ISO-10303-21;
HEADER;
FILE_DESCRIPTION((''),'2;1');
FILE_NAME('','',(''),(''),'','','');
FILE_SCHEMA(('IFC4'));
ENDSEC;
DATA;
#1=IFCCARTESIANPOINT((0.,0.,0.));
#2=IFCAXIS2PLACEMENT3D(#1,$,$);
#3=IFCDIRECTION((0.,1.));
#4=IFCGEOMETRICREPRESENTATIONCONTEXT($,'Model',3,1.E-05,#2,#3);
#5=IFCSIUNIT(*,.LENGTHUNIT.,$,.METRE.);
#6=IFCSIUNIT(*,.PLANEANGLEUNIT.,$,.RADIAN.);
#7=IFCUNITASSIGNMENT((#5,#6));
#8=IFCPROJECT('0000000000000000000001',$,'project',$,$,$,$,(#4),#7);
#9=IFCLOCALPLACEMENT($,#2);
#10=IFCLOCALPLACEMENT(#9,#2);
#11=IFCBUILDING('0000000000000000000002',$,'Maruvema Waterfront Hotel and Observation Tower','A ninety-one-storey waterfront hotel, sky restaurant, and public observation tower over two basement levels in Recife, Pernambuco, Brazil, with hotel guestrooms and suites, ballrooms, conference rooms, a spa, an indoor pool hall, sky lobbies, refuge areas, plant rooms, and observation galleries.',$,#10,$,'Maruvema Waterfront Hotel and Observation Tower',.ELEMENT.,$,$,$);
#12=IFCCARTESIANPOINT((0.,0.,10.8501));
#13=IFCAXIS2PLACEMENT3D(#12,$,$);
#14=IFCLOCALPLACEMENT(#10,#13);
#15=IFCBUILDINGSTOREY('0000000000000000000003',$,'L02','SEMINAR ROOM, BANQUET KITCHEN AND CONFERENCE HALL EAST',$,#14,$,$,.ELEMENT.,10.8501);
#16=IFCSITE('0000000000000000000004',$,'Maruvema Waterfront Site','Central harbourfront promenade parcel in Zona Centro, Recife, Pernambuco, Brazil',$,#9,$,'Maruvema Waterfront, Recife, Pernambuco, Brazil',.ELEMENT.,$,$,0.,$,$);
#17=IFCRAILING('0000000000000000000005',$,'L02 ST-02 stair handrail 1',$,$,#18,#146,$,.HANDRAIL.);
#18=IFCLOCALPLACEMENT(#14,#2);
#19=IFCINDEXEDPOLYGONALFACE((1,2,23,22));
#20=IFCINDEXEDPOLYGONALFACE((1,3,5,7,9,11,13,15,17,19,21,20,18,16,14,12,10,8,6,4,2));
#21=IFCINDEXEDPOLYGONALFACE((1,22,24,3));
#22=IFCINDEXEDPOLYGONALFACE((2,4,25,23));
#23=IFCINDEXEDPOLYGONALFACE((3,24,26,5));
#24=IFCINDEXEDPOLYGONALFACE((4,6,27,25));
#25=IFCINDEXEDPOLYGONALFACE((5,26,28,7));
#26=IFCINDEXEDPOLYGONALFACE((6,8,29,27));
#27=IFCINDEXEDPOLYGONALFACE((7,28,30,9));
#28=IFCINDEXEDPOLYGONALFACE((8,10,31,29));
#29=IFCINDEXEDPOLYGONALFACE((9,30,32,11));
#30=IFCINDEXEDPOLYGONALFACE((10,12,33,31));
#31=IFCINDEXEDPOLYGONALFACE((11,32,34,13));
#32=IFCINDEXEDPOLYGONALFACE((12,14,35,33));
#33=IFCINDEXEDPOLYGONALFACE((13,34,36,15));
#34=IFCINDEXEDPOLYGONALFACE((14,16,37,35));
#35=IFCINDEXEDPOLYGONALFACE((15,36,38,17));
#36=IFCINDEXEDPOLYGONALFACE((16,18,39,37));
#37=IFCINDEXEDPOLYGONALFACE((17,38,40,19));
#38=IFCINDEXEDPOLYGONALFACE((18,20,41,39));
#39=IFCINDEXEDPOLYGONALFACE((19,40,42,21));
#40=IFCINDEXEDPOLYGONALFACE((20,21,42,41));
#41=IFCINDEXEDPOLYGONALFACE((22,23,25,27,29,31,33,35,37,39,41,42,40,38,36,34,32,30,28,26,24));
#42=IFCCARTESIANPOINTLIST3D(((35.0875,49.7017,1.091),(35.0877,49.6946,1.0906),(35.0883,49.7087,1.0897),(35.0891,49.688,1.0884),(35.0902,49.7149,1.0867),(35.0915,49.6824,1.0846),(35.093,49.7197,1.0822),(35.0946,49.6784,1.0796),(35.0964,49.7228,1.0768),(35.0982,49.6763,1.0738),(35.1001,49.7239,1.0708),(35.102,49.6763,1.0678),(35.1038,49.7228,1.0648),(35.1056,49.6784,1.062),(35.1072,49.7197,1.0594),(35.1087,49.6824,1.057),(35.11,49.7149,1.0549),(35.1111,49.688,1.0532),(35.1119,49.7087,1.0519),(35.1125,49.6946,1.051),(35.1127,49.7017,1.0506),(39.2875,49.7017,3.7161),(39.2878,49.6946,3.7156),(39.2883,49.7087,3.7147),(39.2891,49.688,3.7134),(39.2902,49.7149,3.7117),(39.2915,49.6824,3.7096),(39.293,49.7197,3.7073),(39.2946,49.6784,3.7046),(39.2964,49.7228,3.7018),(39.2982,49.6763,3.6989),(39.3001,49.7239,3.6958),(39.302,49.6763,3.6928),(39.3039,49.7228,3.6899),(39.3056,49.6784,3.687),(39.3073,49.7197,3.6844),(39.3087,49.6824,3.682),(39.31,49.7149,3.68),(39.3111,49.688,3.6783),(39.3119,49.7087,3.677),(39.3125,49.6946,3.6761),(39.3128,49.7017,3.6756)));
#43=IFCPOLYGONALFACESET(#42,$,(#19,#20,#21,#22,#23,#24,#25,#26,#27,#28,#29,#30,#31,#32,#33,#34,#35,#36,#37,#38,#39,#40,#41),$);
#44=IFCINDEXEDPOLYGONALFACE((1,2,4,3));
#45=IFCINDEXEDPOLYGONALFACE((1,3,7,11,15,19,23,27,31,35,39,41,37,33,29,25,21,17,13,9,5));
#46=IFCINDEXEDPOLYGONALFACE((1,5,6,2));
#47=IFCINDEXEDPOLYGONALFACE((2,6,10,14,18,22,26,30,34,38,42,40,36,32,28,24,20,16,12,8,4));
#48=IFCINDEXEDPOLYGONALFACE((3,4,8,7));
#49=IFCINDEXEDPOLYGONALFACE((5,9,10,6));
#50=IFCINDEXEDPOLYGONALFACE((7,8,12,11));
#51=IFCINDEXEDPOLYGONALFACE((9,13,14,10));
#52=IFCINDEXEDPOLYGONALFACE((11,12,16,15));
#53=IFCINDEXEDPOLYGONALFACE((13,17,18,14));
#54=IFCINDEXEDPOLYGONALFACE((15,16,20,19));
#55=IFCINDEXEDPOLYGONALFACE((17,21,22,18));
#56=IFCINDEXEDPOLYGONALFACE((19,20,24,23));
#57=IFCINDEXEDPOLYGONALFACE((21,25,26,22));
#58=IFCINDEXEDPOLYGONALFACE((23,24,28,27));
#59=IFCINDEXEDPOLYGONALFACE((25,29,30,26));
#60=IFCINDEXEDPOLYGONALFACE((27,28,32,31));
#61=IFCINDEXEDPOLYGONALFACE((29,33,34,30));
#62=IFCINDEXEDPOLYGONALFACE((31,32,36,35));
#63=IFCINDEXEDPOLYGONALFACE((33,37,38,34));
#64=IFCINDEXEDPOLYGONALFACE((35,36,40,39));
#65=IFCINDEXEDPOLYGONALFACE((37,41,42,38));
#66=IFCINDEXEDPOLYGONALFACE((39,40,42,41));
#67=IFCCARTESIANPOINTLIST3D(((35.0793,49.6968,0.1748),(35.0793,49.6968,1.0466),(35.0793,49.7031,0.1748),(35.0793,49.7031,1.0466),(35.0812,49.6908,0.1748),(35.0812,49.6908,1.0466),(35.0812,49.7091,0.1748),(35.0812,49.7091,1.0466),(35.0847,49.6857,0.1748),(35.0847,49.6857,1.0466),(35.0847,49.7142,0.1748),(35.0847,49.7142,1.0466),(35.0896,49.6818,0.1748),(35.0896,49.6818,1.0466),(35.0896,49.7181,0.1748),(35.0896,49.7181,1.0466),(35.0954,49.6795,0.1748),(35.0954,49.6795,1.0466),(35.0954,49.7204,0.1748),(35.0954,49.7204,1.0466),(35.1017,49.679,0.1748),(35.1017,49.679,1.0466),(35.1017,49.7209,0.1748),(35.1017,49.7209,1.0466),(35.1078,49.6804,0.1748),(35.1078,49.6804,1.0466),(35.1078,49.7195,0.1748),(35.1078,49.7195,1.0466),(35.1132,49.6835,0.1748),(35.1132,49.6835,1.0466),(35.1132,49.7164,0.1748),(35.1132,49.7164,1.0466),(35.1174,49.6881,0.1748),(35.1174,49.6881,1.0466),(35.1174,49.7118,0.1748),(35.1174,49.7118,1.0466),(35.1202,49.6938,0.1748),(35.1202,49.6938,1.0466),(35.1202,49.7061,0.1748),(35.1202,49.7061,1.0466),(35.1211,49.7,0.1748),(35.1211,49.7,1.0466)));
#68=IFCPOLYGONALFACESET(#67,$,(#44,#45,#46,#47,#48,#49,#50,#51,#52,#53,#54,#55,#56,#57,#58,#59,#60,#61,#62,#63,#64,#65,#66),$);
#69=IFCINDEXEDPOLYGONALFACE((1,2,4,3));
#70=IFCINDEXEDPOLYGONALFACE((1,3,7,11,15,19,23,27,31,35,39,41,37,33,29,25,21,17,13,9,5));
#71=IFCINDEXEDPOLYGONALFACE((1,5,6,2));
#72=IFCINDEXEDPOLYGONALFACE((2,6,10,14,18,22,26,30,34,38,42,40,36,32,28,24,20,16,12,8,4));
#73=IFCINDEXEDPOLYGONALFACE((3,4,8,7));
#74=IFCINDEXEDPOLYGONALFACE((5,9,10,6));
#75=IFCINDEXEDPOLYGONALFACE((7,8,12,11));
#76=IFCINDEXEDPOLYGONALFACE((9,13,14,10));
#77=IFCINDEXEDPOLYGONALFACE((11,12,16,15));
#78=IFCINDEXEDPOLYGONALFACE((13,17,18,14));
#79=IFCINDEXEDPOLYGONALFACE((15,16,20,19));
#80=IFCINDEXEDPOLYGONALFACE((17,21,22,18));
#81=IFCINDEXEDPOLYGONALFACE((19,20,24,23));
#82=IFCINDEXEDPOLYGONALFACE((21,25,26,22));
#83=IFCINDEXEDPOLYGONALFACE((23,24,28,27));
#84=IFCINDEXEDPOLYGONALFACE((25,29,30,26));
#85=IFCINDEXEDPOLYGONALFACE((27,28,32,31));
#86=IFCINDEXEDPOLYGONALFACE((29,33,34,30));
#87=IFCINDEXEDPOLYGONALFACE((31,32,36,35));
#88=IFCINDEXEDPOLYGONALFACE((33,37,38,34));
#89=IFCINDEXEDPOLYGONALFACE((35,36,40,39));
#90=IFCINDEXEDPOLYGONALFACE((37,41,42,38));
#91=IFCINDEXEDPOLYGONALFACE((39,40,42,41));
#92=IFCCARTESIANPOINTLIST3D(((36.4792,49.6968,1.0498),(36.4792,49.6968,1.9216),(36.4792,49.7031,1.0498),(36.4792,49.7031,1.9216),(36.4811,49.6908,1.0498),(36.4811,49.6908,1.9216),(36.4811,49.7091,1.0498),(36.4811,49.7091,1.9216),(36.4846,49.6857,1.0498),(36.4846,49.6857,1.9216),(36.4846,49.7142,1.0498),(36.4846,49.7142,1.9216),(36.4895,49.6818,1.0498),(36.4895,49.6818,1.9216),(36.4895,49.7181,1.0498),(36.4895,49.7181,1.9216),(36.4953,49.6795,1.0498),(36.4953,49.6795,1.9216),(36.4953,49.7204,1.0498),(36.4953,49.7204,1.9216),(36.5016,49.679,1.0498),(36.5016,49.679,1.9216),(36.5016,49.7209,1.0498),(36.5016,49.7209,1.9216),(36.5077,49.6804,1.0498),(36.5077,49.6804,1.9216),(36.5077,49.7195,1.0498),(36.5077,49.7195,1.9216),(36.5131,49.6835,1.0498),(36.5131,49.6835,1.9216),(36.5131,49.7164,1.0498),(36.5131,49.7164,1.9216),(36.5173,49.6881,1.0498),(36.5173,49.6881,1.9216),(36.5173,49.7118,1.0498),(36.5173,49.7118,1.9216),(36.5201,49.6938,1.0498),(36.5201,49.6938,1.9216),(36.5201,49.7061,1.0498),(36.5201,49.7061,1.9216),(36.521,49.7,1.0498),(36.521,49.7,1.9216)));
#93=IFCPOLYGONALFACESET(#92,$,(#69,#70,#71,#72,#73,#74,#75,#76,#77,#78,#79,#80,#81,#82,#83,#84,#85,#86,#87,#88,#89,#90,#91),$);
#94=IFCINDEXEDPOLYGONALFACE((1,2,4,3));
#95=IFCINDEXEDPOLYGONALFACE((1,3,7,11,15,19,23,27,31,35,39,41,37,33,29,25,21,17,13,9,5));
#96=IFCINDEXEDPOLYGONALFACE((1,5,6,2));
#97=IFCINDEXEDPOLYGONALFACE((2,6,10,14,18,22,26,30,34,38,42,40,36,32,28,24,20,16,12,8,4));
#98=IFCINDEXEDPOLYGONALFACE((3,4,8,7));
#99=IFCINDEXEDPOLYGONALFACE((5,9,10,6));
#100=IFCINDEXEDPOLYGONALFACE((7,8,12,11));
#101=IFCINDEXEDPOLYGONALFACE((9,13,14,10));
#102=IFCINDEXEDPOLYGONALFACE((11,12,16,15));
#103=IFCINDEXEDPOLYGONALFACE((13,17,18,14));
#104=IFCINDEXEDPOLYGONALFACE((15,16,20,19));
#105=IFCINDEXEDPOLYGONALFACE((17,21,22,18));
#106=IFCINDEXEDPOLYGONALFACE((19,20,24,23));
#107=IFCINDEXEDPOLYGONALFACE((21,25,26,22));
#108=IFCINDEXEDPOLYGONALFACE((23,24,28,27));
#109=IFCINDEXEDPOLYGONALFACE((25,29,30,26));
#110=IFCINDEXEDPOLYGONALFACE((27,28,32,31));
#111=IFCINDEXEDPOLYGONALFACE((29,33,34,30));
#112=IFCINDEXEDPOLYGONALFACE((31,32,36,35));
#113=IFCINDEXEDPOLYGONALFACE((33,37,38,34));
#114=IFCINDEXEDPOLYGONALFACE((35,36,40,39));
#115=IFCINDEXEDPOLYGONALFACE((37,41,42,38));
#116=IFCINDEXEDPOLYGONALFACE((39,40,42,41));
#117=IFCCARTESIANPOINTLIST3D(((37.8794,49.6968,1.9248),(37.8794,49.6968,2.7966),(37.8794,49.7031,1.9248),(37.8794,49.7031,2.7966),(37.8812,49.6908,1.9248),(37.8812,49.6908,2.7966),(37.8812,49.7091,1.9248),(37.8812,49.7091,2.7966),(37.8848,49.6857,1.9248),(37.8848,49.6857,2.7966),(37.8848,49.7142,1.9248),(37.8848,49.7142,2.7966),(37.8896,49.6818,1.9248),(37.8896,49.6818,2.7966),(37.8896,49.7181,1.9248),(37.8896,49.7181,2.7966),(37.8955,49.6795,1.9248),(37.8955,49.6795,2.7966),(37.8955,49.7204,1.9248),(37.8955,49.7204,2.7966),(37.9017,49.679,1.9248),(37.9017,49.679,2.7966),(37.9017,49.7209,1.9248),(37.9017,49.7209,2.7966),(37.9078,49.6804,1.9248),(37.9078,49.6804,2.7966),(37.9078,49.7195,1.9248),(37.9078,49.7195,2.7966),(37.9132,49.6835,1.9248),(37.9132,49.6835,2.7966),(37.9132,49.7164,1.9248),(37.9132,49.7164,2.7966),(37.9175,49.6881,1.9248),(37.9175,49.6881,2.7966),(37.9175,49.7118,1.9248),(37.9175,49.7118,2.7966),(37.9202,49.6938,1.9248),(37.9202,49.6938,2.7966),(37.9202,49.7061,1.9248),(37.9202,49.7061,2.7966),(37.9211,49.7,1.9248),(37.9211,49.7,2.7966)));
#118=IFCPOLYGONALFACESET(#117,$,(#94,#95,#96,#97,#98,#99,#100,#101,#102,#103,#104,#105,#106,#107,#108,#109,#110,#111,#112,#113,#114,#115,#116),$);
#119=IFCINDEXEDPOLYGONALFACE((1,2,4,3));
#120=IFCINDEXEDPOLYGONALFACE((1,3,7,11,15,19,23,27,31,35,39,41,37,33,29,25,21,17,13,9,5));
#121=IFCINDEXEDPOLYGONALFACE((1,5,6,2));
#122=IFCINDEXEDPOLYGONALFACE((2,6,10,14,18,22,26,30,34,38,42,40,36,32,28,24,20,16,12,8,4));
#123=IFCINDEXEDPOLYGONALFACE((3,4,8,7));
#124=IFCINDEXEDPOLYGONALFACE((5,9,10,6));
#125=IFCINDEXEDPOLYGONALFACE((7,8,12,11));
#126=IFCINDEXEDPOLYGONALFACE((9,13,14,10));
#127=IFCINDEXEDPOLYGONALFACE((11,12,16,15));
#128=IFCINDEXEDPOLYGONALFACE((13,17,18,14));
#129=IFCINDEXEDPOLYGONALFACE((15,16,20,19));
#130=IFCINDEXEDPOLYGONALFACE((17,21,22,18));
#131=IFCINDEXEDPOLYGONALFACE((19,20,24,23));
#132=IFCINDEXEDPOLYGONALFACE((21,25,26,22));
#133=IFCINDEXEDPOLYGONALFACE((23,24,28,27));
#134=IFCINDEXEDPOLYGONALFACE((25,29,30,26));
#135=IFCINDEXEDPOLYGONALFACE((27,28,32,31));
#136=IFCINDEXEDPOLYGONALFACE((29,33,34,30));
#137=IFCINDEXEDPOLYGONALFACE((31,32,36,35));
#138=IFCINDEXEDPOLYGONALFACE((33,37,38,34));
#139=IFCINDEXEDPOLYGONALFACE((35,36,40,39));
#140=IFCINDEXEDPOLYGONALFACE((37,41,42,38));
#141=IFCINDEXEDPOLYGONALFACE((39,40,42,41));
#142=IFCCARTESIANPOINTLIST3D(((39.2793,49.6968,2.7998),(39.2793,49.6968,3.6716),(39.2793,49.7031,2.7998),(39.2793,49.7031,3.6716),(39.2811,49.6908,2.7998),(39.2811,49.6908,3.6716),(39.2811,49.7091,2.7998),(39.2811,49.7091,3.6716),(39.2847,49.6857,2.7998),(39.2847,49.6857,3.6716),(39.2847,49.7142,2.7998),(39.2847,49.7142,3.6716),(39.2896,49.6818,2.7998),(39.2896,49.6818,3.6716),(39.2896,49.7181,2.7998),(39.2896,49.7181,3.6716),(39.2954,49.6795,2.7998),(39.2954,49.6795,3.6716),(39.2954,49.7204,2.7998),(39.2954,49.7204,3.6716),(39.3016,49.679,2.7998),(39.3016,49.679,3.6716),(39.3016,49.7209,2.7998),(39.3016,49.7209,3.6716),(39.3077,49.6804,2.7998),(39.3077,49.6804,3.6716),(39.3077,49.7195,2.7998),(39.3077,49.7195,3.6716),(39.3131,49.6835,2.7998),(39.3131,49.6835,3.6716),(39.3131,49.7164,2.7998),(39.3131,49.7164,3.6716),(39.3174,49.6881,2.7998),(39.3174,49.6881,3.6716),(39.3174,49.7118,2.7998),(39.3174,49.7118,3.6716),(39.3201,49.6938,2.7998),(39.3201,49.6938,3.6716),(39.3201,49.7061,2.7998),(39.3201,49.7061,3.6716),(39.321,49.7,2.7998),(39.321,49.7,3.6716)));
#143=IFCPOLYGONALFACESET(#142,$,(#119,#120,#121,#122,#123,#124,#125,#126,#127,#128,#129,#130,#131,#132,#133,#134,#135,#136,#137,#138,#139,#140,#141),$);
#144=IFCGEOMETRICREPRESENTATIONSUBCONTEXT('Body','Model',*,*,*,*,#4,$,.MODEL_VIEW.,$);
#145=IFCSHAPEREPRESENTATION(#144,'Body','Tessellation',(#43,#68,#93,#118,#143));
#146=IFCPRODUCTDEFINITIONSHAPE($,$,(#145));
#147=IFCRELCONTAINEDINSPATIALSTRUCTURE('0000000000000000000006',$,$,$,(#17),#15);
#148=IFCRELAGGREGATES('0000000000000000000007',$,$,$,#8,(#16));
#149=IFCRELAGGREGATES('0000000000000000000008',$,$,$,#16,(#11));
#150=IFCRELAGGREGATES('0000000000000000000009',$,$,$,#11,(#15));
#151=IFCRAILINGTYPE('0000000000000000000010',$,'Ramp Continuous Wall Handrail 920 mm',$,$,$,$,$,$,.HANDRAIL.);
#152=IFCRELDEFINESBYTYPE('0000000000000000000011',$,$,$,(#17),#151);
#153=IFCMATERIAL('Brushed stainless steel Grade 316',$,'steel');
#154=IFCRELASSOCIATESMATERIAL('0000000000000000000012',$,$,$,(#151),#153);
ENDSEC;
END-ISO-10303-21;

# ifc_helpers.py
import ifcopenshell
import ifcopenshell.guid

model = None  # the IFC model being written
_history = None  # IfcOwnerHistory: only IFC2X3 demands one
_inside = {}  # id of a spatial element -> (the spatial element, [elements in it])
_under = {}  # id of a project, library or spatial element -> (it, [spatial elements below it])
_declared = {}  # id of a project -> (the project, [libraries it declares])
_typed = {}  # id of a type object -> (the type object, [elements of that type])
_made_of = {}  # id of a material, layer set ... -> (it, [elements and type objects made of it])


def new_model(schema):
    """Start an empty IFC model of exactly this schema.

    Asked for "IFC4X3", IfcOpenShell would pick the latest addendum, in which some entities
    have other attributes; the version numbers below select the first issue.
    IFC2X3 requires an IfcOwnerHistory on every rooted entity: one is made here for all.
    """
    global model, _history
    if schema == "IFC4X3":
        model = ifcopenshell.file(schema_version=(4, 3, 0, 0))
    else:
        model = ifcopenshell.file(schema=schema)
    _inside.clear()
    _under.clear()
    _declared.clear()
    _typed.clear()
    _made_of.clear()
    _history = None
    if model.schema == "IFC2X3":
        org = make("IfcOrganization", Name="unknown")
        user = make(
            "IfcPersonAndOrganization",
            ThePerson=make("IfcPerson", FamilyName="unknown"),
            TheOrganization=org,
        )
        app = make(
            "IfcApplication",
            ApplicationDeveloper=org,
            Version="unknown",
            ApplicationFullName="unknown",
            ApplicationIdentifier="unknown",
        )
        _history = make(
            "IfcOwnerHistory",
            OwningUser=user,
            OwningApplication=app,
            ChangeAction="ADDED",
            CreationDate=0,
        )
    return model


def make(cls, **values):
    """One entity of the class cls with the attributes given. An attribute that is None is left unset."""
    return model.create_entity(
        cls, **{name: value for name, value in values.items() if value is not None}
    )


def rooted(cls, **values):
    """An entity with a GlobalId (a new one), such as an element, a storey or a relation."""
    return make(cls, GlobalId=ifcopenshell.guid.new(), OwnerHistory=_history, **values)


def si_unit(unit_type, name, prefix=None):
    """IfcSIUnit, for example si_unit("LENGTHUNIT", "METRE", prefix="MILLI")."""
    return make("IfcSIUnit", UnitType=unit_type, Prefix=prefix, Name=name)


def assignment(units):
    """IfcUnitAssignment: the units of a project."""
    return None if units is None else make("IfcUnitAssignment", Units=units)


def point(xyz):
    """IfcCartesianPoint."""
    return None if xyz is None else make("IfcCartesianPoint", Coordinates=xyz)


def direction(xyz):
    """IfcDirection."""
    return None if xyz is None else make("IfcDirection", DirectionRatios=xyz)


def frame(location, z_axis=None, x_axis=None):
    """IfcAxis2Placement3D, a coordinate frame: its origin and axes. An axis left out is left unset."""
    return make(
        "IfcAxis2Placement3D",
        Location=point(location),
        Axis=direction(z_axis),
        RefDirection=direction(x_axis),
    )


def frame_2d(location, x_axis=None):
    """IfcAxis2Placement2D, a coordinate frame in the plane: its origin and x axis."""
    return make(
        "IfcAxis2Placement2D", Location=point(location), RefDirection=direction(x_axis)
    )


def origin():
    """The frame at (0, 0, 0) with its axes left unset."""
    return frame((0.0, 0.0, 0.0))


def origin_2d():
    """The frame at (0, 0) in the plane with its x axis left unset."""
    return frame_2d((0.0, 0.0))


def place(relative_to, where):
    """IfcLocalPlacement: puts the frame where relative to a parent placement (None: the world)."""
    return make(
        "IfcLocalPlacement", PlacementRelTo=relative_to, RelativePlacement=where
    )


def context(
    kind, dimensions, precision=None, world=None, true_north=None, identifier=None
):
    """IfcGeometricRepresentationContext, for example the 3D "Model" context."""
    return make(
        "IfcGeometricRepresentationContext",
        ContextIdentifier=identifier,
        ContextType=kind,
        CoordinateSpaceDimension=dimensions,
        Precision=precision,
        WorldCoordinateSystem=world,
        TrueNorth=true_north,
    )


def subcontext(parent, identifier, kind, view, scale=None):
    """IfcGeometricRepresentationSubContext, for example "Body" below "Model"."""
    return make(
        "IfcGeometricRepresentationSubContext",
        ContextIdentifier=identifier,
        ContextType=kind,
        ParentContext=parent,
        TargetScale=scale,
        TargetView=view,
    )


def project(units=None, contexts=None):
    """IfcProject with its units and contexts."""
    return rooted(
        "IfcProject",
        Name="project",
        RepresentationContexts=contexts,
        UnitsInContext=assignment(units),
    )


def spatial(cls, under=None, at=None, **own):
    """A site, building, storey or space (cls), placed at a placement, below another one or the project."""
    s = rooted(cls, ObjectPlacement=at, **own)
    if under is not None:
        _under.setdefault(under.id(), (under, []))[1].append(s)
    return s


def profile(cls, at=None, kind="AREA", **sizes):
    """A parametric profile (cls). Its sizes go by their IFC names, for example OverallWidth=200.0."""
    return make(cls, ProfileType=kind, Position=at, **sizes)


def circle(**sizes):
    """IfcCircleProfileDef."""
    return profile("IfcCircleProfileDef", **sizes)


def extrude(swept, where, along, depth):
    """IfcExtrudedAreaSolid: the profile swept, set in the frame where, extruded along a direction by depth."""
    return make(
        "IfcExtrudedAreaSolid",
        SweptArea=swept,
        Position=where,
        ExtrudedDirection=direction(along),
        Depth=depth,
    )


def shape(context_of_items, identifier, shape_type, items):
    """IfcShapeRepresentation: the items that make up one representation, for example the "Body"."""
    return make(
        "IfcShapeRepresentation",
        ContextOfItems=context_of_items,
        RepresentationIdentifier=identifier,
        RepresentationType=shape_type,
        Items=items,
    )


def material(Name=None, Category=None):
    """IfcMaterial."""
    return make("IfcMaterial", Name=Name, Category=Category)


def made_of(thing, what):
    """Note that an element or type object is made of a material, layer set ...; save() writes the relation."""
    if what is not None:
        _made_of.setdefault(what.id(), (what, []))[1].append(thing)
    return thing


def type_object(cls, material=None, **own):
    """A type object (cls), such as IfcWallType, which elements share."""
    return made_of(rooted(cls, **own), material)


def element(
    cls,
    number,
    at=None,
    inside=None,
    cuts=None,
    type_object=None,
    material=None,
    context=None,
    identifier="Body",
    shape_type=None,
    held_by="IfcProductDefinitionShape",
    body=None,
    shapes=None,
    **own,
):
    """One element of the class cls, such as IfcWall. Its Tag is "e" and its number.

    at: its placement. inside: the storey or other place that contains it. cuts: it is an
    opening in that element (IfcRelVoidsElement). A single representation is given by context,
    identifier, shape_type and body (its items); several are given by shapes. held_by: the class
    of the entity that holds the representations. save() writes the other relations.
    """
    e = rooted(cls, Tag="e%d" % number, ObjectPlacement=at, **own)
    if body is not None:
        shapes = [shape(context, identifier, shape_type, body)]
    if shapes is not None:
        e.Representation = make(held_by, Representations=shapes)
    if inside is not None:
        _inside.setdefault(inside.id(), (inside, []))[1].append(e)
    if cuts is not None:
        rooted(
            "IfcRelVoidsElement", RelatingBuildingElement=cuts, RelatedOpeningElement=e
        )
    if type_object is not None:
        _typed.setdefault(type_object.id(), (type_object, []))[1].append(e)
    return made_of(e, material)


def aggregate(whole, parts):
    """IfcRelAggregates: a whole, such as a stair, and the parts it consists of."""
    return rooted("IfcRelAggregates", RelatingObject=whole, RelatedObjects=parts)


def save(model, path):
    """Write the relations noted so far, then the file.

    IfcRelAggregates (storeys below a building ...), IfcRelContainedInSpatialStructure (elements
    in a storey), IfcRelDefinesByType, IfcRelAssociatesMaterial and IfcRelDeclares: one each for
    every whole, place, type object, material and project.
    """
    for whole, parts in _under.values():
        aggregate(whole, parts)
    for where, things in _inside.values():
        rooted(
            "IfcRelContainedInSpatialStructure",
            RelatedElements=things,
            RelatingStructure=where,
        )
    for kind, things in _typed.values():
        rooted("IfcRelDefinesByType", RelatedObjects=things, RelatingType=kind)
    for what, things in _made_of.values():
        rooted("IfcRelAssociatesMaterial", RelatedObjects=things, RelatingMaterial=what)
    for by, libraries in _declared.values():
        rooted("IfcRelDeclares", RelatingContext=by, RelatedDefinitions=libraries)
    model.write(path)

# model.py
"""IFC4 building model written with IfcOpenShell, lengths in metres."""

from ifc_helpers import new_model, si_unit, direction, frame, origin, origin_2d, place, context, subcontext, project, spatial, circle, extrude, material, type_object, element, save


model = new_model("IFC4")

# Units and contexts
model_context = context("Model", 3, precision=1e-05, world=origin(), true_north=direction((0.0, 1.0)))
body_context = subcontext(model_context, "Body", "Model", "MODEL_VIEW")
ifc_project = project(units=[si_unit("LENGTHUNIT", "METRE"), si_unit("PLANEANGLEUNIT", "RADIAN")], contexts=[model_context])

# Site, building, storey
site_placement = place(None, origin())
site = spatial("IfcSite", under=ifc_project, at=site_placement, Name="Maruvema Waterfront Site", Description="Central harbourfront promenade parcel in Zona Centro, Recife, Pernambuco, Brazil", LongName="Maruvema Waterfront, Recife, Pernambuco, Brazil", CompositionType="ELEMENT", RefElevation=0.0)
building_placement = place(site_placement, origin())
building = spatial("IfcBuilding", under=site, at=building_placement, Name="Maruvema Waterfront Hotel and Observation Tower", Description="A ninety-one-storey waterfront hotel, sky restaurant, and public observation tower over two basement levels in Recife, Pernambuco, Brazil, with hotel guestrooms and suites, ballrooms, conference rooms, a spa, an indoor pool hall, sky lobbies, refuge areas, plant rooms, and observation galleries.", LongName="Maruvema Waterfront Hotel and Observation Tower", CompositionType="ELEMENT")
storey_placement = place(building_placement, frame((0.0, 0.0, 10.8501)))
storey = spatial("IfcBuildingStorey", under=building, at=storey_placement, Name="L02", Description="SEMINAR ROOM, BANQUET KITCHEN AND CONFERENCE HALL EAST", CompositionType="ELEMENT", Elevation=10.8501)

# Railing
ifc_material_1 = material(Name="Brushed stainless steel Grade 316", Category="steel")
railing_type_1 = type_object("IfcRailingType", Name="Ramp Continuous Wall Handrail 920 mm", PredefinedType="HANDRAIL", material=ifc_material_1)
railing_1_placement = place(storey_placement, frame((35.1001, 49.7, 0.1748)))
element("IfcRailing", 1, at=railing_1_placement, inside=storey, type_object=railing_type_1, Name="L02 ST-02 stair handrail 1", PredefinedType="HANDRAIL", context=body_context, shape_type="SweptSolid", body=[
    extrude(circle(Radius=0.0239, at=origin_2d()), frame((0.0, 0.0, 0.896), z_axis=(0.847996, 0.0, 0.530003), x_axis=(0.0, 1.0, 0.0)), (0.0, 0.0, 1.0), 4.9529),
    extrude(circle(Radius=0.021, at=origin_2d()), origin(), (0.0, 0.0, 1.0), 0.8718),
    extrude(circle(Radius=0.021, at=origin_2d()), frame((1.3999, 0.0, 0.875)), (0.0, 0.0, 1.0), 0.8718),
    extrude(circle(Radius=0.021, at=origin_2d()), frame((2.8, 0.0, 1.75)), (0.0, 0.0, 1.0), 0.8718),
    extrude(circle(Radius=0.021, at=origin_2d()), frame((4.2, 0.0, 2.625)), (0.0, 0.0, 1.0), 0.8718),
])

save(model, "model.ifc")
